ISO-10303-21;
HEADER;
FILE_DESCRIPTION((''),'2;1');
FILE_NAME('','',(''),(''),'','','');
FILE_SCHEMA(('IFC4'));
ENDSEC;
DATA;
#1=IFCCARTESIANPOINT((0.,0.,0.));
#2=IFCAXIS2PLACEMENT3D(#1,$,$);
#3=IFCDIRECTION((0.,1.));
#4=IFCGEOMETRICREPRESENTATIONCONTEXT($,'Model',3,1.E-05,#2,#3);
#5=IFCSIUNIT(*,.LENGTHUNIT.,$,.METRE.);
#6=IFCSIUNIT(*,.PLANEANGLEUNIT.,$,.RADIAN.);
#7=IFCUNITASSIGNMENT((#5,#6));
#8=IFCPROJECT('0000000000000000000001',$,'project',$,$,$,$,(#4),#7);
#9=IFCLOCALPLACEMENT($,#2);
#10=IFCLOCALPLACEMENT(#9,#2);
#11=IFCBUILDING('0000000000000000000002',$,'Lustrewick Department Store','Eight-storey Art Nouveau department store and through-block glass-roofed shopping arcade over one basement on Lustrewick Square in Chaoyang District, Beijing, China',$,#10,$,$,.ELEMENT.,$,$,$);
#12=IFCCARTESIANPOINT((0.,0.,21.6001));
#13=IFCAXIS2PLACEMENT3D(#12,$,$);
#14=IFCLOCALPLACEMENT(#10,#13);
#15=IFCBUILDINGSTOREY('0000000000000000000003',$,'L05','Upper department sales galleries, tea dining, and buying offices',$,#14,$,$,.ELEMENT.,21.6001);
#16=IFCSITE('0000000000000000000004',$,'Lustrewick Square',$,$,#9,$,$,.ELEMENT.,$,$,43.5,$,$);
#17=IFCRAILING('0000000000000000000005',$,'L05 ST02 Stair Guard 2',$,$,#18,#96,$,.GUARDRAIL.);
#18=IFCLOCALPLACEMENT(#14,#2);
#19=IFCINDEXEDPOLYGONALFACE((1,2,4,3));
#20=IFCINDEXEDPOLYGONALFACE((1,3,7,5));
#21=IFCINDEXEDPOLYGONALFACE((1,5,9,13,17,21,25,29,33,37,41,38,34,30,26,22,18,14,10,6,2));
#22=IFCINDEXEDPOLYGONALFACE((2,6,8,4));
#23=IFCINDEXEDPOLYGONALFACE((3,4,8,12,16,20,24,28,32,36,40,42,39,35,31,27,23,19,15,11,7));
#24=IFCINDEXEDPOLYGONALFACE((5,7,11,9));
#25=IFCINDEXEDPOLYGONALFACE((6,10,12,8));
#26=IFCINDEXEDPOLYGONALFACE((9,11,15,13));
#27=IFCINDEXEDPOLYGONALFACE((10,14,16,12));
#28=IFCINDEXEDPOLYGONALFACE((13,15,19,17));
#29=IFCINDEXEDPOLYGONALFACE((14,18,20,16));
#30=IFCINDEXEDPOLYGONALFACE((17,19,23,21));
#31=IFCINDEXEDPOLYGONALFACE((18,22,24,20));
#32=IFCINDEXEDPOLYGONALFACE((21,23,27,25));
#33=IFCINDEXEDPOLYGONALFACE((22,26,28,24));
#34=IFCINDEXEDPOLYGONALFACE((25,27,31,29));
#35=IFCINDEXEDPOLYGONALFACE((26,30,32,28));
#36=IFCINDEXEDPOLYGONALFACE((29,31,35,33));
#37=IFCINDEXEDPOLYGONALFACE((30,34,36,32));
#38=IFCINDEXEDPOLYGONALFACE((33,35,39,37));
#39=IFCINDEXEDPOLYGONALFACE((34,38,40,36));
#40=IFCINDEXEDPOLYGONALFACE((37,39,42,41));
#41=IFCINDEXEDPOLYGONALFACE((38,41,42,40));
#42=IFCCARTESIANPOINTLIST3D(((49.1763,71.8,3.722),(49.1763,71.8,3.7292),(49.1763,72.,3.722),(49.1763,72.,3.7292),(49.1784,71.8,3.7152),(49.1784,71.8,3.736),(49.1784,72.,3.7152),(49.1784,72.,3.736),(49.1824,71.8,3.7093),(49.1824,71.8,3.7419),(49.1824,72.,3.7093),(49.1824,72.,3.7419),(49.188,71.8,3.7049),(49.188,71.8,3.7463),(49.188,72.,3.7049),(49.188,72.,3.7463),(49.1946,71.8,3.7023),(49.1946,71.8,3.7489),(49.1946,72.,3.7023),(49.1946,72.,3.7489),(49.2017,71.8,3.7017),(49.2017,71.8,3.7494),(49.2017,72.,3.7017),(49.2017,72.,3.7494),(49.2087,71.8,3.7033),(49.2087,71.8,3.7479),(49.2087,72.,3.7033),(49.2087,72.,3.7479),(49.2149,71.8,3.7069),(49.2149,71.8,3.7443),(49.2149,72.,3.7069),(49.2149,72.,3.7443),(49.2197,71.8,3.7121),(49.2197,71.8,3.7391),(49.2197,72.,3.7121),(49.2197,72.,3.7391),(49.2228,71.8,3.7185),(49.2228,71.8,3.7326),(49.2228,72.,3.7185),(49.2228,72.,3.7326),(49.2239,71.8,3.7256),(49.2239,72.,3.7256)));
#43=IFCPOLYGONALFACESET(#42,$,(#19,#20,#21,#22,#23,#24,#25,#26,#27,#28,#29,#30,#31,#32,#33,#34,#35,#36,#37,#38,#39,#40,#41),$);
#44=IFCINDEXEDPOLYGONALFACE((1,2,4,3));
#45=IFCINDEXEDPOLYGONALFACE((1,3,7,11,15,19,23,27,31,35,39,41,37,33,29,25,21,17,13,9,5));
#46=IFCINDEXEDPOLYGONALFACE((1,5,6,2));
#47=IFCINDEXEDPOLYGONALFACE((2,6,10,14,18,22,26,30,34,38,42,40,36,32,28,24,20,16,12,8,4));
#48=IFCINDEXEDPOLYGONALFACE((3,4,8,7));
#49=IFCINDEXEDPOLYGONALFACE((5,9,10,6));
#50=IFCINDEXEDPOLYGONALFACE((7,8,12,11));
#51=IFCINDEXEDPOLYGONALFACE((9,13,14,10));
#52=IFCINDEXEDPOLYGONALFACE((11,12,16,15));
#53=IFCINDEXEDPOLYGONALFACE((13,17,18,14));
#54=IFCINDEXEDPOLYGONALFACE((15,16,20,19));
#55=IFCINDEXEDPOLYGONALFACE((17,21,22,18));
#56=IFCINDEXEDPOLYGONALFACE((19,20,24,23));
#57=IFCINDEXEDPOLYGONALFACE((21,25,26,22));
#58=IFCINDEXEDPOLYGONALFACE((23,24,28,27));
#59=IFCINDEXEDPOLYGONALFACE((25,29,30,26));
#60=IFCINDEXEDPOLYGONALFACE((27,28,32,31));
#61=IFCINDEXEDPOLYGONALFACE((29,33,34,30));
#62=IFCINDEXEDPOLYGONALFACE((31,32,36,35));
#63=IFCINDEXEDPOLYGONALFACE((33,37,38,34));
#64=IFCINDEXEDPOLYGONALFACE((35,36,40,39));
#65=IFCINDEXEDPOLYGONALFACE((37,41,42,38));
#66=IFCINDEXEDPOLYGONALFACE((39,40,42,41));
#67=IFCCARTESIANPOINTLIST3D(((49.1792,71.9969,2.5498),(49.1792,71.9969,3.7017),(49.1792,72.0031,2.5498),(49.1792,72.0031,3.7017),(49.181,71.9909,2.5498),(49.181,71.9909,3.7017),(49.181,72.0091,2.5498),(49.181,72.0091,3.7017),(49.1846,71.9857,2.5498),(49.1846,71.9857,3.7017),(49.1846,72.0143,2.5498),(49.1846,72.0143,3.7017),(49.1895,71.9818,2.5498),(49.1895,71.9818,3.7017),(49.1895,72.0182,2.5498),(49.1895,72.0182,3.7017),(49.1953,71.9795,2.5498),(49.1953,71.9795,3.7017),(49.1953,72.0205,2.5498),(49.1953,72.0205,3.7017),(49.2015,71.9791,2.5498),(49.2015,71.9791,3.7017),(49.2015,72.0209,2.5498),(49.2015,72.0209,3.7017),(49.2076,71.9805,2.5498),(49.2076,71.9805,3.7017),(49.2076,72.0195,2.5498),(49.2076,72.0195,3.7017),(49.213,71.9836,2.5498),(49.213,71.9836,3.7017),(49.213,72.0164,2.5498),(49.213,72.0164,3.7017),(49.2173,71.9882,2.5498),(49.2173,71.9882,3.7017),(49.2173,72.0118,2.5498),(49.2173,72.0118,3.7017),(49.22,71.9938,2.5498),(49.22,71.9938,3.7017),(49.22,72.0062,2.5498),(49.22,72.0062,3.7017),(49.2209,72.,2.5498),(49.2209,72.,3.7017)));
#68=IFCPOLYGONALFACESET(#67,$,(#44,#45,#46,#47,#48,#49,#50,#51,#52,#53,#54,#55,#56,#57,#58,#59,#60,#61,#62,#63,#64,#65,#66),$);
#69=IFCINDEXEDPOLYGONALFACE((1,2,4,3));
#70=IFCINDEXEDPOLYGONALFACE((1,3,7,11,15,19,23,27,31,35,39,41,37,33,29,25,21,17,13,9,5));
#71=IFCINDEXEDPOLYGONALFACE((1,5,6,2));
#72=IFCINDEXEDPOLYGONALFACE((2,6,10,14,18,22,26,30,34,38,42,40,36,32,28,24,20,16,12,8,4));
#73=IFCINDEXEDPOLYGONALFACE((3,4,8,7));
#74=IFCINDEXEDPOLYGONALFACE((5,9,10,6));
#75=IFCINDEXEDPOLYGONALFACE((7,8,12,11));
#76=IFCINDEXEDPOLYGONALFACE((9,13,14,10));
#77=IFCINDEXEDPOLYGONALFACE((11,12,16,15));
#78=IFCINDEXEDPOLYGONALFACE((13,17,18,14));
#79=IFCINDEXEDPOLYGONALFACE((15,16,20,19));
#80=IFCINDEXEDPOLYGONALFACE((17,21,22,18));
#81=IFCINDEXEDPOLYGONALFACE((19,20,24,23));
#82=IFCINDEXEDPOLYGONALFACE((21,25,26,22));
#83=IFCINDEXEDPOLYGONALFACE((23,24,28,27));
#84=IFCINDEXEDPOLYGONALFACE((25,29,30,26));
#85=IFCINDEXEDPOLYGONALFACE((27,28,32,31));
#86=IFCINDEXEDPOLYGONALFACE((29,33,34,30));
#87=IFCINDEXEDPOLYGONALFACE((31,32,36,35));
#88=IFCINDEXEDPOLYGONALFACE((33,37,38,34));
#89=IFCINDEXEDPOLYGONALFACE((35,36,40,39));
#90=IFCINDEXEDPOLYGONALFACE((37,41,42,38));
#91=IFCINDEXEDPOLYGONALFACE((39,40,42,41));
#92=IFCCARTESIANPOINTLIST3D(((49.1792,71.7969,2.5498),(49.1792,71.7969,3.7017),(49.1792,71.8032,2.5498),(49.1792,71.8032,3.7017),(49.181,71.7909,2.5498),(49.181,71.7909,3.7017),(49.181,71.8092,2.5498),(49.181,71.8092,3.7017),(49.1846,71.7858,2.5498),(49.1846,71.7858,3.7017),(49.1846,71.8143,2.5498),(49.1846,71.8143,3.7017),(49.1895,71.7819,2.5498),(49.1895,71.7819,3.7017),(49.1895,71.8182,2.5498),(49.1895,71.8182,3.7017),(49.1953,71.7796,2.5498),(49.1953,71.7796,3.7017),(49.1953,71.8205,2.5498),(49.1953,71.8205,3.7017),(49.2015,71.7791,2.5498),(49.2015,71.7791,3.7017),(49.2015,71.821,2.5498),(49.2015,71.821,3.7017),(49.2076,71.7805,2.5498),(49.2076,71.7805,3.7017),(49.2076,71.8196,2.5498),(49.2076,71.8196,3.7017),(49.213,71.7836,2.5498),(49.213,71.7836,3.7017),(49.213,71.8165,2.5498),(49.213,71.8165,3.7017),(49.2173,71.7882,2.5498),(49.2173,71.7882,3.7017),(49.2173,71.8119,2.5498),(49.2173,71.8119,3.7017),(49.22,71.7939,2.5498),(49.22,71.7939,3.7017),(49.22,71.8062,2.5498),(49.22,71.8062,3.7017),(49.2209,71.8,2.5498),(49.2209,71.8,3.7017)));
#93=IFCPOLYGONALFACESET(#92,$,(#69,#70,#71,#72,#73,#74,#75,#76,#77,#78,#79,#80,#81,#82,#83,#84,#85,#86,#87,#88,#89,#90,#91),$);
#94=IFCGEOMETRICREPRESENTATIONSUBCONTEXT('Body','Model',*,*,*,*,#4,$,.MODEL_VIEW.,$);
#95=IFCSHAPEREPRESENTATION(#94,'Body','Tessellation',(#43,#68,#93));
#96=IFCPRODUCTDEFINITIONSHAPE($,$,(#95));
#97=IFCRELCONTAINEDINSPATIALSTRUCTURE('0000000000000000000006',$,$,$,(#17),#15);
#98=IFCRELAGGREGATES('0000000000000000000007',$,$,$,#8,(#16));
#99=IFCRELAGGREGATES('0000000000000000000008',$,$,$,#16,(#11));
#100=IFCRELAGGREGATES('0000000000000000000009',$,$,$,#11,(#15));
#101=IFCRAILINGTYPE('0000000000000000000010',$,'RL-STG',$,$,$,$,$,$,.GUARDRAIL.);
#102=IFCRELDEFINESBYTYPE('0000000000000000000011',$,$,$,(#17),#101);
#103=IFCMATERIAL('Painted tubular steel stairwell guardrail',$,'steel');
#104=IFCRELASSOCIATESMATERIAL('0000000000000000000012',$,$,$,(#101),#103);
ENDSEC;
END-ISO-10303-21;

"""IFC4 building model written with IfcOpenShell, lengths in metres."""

from ifc_helpers import new_model, si_unit, direction, frame, origin, origin_2d, place, context, subcontext, project, spatial, circle, extrude, material, type_object, element, save


model = new_model("IFC4")

# Units and contexts
model_context = context("Model", 3, precision=1e-05, world=origin(), true_north=direction((0.0, 1.0)))
body_context = subcontext(model_context, "Body", "Model", "MODEL_VIEW")
ifc_project = project(units=[si_unit("LENGTHUNIT", "METRE"), si_unit("PLANEANGLEUNIT", "RADIAN")], contexts=[model_context])

# Site, building, storey
site_placement = place(None, origin())
site = spatial("IfcSite", under=ifc_project, at=site_placement, Name="Lustrewick Square", CompositionType="ELEMENT", RefElevation=43.5)
building_placement = place(site_placement, origin())
building = spatial("IfcBuilding", under=site, at=building_placement, Name="Lustrewick Department Store", Description="Eight-storey Art Nouveau department store and through-block glass-roofed shopping arcade over one basement on Lustrewick Square in Chaoyang District, Beijing, China", CompositionType="ELEMENT")
storey_placement = place(building_placement, frame((0.0, 0.0, 21.6001)))
storey = spatial("IfcBuildingStorey", under=building, at=storey_placement, Name="L05", Description="Upper department sales galleries, tea dining, and buying offices", CompositionType="ELEMENT", Elevation=21.6001)

# Railing
ifc_material_1 = material(Name="Painted tubular steel stairwell guardrail", Category="steel")
railing_type = type_object("IfcRailingType", Name="RL-STG", PredefinedType="GUARDRAIL", material=ifc_material_1)
railing_1_placement = place(storey_placement, frame((49.2, 72.0, 2.5498)))
element("IfcRailing", 1, at=railing_1_placement, inside=storey, type_object=railing_type, Name="L05 ST02 Stair Guard 2", PredefinedType="GUARDRAIL", context=body_context, shape_type="SweptSolid", body=[
    extrude(circle(Radius=0.0239, at=origin_2d()), frame((0.0, 0.0, 1.1758), z_axis=(0.0, -1.0, 0.0), x_axis=(1.0, 0.0, 0.0)), (0.0, 0.0, 1.0), 0.2),
    extrude(circle(Radius=0.021, at=origin_2d()), origin(), (0.0, 0.0, 1.0), 1.1519),
    extrude(circle(Radius=0.021, at=origin_2d()), frame((0.0, -0.2, 0.0)), (0.0, 0.0, 1.0), 1.1519),
])

save(model, "model.ifc")
